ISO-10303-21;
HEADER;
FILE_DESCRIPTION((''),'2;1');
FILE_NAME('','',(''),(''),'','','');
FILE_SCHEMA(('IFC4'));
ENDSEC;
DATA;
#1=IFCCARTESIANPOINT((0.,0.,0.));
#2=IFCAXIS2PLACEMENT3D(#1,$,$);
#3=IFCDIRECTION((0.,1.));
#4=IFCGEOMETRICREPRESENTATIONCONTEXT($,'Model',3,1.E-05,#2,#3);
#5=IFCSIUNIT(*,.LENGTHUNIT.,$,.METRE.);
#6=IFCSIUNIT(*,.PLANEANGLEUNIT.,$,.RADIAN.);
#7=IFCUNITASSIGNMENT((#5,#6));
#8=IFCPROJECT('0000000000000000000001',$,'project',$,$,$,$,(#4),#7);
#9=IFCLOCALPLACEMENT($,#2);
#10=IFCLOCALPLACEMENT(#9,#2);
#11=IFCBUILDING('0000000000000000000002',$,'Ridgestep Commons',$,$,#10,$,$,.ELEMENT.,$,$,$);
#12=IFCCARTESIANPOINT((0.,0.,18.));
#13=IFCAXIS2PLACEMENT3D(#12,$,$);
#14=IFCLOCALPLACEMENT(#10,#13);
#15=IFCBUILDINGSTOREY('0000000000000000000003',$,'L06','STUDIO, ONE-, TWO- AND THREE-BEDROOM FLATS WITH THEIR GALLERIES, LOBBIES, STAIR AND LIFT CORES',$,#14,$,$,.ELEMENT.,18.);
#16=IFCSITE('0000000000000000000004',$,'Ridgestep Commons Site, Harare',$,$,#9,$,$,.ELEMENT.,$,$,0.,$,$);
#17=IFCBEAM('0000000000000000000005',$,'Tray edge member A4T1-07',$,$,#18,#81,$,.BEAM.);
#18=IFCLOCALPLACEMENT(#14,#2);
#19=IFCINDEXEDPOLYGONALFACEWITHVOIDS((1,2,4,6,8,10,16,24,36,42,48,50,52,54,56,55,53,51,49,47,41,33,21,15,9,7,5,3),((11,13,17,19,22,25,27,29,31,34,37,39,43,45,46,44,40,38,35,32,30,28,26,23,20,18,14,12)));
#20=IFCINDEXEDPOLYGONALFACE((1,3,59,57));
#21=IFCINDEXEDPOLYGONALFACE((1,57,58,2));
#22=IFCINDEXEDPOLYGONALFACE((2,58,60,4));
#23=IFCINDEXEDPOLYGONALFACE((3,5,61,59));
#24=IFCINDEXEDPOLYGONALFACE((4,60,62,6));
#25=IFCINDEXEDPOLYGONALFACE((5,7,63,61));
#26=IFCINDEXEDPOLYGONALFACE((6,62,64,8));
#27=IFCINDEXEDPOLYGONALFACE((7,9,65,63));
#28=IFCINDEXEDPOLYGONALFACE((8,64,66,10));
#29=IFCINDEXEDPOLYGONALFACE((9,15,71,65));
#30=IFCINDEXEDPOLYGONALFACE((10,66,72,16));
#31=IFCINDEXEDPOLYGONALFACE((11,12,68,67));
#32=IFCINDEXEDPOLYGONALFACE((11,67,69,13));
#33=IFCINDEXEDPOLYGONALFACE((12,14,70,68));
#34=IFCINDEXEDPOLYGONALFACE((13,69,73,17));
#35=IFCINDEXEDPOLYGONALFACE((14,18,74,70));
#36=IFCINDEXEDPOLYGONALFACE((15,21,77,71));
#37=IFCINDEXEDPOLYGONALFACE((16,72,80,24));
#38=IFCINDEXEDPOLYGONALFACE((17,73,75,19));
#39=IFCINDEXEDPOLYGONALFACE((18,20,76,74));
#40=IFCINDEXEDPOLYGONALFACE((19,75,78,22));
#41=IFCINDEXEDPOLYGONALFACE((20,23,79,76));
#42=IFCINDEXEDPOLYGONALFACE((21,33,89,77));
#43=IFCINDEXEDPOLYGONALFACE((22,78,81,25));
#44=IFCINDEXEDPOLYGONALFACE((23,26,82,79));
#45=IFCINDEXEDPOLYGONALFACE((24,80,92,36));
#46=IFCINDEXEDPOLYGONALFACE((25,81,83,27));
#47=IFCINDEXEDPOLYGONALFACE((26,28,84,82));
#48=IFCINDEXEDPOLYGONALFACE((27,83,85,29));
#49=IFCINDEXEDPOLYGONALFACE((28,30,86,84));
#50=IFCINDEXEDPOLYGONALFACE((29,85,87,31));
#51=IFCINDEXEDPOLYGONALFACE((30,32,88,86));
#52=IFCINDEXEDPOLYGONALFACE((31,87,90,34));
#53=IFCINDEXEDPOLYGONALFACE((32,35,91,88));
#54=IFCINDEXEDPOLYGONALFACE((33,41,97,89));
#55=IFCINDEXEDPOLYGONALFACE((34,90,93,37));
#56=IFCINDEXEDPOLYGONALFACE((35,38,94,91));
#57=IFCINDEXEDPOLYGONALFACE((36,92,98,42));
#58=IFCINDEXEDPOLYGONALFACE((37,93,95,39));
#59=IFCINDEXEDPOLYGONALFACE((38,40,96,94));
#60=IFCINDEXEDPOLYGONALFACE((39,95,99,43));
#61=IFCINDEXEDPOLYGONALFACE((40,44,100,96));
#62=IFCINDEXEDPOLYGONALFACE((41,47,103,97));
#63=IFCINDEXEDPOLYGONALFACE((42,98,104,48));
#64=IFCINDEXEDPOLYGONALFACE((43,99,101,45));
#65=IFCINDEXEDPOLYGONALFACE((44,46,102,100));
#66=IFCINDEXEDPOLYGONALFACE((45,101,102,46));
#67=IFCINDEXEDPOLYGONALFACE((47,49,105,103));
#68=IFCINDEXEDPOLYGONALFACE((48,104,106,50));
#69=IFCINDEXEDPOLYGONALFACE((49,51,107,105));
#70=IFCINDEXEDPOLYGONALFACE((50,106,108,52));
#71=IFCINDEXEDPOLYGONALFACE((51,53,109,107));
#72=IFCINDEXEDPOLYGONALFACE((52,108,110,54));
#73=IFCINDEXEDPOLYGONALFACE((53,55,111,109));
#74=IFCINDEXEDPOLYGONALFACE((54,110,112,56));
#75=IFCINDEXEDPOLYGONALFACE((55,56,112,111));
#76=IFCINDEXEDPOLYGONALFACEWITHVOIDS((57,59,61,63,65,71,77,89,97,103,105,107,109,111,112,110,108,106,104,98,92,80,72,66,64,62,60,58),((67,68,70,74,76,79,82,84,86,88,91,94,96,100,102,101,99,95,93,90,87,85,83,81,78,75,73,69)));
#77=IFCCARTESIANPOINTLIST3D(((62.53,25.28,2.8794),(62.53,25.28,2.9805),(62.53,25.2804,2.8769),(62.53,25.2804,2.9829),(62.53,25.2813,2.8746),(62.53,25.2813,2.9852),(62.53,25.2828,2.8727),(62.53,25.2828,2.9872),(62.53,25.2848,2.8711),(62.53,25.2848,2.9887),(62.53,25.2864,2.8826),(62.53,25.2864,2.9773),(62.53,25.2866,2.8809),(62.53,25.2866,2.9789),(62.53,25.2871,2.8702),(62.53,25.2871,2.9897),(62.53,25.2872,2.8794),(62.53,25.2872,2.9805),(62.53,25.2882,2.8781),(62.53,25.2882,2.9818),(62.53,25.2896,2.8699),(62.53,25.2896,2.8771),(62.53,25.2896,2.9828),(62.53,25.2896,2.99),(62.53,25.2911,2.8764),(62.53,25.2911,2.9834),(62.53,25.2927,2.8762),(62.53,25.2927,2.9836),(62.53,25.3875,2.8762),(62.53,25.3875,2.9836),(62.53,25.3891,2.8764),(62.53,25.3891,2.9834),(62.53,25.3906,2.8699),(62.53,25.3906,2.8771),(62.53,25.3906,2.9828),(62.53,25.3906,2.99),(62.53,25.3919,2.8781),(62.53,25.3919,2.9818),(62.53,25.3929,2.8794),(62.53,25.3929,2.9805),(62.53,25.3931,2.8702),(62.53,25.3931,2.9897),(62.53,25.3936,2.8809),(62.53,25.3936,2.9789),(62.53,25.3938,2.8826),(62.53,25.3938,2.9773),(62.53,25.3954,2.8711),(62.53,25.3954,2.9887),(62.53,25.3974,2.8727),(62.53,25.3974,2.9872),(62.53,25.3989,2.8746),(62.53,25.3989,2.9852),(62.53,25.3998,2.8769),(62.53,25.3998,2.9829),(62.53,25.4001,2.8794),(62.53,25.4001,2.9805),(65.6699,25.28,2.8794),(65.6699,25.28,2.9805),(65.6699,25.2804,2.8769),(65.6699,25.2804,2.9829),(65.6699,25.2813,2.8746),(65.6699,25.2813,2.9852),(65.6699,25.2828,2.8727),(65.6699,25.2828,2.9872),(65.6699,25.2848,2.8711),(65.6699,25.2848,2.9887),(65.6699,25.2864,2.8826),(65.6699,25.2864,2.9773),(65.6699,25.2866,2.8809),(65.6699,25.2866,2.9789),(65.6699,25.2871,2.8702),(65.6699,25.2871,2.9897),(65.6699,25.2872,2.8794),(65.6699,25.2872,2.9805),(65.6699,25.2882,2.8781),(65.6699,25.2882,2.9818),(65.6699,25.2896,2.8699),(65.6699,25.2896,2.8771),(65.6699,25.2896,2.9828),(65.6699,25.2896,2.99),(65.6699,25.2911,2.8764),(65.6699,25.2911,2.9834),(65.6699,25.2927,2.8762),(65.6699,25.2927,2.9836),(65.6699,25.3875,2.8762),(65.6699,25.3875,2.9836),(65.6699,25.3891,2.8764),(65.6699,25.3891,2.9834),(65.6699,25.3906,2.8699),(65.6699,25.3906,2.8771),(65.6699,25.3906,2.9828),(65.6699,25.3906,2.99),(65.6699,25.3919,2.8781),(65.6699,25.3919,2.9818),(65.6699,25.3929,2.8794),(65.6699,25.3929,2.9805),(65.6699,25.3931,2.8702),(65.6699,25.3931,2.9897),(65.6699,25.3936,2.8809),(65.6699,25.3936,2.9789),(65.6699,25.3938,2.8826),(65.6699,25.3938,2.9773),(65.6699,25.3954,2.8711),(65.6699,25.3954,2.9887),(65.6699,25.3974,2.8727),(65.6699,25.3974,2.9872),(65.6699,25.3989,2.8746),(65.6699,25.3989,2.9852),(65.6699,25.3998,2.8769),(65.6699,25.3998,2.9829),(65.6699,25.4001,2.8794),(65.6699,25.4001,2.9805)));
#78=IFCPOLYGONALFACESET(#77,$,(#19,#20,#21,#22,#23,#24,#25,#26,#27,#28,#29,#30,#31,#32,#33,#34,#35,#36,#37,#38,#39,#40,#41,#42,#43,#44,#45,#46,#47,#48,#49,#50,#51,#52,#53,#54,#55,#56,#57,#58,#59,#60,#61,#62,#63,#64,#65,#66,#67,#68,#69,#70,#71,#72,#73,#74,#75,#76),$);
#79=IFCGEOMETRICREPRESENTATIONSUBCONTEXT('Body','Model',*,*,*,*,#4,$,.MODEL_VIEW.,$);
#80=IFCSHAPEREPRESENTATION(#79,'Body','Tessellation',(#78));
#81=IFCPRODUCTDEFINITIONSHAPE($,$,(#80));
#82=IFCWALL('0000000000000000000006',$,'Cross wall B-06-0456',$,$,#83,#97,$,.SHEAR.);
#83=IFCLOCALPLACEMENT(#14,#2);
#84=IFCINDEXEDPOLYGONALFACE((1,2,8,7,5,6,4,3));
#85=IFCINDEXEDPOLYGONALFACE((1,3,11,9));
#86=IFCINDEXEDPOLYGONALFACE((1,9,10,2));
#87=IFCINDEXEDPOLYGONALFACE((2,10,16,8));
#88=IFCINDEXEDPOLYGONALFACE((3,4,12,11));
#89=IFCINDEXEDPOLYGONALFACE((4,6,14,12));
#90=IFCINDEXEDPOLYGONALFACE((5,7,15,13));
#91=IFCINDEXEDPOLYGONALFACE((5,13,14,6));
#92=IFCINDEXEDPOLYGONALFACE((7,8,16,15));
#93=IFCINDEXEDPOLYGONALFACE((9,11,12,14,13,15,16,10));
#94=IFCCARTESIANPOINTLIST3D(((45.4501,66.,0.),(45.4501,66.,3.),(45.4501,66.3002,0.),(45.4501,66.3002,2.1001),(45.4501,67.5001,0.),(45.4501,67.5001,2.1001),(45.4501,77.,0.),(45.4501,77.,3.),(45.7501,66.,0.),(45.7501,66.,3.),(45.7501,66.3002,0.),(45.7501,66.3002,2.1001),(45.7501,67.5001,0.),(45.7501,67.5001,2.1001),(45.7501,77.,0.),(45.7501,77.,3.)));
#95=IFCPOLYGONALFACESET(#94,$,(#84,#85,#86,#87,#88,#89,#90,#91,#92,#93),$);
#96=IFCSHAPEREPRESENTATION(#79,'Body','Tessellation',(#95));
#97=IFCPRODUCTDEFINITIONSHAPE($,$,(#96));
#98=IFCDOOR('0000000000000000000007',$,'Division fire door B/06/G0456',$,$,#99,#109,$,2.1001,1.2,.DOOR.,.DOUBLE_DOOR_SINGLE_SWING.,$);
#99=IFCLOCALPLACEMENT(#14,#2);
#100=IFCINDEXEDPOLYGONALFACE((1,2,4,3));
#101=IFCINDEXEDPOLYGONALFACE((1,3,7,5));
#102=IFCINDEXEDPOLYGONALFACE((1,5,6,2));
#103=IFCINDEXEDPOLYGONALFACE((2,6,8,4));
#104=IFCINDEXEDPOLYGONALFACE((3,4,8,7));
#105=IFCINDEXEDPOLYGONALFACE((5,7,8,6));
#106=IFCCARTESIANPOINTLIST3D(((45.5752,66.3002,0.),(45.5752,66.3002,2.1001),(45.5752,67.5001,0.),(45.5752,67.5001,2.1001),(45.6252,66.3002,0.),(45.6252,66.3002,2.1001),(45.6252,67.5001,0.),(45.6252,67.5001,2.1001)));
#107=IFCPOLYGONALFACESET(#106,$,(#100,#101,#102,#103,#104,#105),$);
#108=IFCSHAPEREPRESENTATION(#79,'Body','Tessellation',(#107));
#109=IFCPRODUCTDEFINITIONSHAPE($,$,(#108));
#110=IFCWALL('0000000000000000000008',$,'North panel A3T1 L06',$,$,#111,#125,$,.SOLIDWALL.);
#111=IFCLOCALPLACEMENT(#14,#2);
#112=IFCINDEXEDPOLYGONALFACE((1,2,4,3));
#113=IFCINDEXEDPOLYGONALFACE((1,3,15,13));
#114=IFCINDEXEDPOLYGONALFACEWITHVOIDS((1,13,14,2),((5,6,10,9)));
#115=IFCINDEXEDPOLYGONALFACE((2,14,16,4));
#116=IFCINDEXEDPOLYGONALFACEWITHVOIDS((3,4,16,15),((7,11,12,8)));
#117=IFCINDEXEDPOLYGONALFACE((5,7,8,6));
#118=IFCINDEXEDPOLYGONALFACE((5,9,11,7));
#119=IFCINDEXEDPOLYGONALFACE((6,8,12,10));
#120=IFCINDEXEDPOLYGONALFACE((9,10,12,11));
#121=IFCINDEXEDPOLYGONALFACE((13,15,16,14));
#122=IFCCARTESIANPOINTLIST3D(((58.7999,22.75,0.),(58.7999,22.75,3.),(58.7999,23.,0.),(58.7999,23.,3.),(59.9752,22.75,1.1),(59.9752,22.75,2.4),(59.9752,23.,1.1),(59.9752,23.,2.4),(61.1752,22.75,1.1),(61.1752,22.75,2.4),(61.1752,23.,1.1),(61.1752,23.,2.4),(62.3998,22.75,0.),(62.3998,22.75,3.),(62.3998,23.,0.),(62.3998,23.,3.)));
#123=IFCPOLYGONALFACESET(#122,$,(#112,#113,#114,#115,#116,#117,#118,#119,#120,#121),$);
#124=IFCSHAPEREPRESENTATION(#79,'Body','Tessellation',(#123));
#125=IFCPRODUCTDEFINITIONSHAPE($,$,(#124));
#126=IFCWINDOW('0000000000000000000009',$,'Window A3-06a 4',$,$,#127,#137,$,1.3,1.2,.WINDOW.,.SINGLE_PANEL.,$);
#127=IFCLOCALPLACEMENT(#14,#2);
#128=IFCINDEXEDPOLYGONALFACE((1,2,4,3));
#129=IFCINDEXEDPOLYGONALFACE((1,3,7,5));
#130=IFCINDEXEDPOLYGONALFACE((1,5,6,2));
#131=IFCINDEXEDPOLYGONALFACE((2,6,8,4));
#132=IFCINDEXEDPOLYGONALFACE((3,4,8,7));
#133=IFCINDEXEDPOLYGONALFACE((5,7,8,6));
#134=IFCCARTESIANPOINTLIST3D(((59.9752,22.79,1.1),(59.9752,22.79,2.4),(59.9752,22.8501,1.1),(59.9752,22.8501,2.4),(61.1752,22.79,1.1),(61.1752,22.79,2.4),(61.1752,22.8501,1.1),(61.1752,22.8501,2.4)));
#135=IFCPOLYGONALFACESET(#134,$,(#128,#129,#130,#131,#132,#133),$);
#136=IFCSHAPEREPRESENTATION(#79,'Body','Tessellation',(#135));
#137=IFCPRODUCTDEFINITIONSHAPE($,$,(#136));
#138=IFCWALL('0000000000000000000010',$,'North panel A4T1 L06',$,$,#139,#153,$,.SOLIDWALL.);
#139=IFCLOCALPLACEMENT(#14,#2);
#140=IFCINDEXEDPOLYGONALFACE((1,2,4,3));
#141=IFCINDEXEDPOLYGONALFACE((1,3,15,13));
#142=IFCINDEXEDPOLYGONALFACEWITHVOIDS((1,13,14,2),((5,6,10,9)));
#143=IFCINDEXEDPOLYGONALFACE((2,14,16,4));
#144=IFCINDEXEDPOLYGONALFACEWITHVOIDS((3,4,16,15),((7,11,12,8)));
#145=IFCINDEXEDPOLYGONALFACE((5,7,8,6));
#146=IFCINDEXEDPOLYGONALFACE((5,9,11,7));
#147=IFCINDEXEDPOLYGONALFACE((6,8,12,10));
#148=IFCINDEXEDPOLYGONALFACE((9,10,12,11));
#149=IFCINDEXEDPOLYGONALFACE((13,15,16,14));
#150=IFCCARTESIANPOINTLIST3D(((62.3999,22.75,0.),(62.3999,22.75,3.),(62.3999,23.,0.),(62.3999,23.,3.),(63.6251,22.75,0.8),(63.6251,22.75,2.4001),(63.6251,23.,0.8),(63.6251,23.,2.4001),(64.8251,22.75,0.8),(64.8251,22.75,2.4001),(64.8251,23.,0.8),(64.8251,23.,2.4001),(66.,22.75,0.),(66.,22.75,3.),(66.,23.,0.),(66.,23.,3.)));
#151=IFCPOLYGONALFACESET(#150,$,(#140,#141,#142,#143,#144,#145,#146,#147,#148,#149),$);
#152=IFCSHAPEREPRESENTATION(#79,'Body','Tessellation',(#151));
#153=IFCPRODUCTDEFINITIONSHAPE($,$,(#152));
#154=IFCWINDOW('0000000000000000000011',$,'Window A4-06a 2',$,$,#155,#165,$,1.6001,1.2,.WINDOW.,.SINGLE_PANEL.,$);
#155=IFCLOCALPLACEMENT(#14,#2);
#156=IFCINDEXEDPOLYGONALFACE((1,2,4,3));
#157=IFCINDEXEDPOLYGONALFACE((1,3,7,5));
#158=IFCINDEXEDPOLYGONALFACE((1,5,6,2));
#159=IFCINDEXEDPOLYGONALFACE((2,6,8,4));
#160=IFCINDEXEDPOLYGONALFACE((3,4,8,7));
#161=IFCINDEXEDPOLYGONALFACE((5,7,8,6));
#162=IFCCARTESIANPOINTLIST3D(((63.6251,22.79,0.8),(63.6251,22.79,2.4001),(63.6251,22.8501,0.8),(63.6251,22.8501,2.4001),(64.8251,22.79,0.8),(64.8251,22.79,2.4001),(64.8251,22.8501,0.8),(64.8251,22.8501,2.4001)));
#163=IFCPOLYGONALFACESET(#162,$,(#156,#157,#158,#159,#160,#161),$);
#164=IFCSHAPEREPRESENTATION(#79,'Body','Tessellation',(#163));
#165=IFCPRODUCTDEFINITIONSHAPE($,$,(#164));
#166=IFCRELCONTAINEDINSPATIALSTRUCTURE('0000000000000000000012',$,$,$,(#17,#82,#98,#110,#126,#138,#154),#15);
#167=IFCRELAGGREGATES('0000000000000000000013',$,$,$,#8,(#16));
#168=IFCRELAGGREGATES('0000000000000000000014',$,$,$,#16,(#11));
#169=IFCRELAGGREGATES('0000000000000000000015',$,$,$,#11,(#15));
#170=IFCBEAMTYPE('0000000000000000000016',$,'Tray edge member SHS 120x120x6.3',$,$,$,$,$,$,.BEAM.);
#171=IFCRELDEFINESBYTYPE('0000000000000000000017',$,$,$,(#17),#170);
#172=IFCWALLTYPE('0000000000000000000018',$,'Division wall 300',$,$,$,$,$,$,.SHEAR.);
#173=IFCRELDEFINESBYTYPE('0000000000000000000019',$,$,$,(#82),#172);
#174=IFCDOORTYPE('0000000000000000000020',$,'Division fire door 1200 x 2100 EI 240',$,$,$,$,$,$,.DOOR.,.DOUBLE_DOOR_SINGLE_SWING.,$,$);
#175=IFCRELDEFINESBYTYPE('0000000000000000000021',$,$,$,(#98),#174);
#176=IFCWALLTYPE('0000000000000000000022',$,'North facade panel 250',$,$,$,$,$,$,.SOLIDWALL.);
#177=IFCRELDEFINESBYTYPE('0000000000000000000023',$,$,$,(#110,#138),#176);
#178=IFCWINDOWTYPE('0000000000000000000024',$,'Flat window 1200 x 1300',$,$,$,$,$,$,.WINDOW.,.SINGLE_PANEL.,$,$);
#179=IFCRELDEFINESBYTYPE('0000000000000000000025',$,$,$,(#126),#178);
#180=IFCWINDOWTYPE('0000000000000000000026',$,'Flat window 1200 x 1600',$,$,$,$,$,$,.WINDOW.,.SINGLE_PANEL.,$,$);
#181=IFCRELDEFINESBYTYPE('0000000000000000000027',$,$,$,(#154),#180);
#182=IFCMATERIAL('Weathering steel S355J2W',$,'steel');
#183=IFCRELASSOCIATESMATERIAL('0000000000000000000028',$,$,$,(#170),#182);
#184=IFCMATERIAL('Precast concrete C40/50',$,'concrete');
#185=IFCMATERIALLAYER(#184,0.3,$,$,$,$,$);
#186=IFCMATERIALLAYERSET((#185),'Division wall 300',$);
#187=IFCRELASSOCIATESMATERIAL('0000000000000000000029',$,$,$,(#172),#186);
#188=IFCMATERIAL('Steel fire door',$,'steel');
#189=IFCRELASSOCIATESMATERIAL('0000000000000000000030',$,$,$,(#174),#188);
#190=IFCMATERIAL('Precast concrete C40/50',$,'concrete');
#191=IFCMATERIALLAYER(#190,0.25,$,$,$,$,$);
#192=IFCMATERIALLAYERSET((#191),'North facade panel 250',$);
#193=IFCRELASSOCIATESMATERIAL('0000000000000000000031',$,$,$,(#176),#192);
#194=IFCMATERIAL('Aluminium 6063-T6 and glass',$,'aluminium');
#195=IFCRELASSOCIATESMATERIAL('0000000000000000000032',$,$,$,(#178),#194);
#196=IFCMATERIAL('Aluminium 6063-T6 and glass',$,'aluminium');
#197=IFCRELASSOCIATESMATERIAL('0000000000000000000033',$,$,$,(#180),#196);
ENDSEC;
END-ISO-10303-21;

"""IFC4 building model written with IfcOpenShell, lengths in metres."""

from ifc_helpers import new_model, si_unit, direction, frame, frame_2d, origin, origin_2d, place, context, subcontext, project, spatial, rectangle, hollow_rectangle, extrude, material, layer, layer_set, material_profile, profile_set, type_object, element, fill, save


model = new_model("IFC4")

# Units and contexts
model_context = context("Model", 3, precision=1e-05, world=origin(), true_north=direction((0.0, 1.0)))
body_context = subcontext(model_context, "Body", "Model", "MODEL_VIEW")
ifc_project = project(units=[si_unit("LENGTHUNIT", "METRE"), si_unit("PLANEANGLEUNIT", "RADIAN")], contexts=[model_context])

# Site, building, storey
site_placement = place(None, origin())
site = spatial("IfcSite", under=ifc_project, at=site_placement, Name="Ridgestep Commons Site, Harare", CompositionType="ELEMENT", RefElevation=0.0)
building_placement = place(site_placement, origin())
building = spatial("IfcBuilding", under=site, at=building_placement, Name="Ridgestep Commons", CompositionType="ELEMENT")
storey_placement = place(building_placement, frame((0.0, 0.0, 18.0)))
storey = spatial("IfcBuildingStorey", under=building, at=storey_placement, Name="L06", Description="STUDIO, ONE-, TWO- AND THREE-BEDROOM FLATS WITH THEIR GALLERIES, LOBBIES, STAIR AND LIFT CORES", CompositionType="ELEMENT", Elevation=18.0)

# Beam
ifc_material_1 = material(Name="Weathering steel S355J2W", Category="steel")
ifc_material_profile_1 = material_profile(ifc_material_1, hollow_rectangle(XDim=0.1201, YDim=0.1201, WallThickness=0.0063, InnerFilletRadius=0.0063, OuterFilletRadius=0.0095, at=origin_2d()), Name="SHS 120x120x6.3")
ifc_profile_set_1 = profile_set([ifc_material_profile_1], Name="Weathering steel S355J2W")
beam_type_1 = type_object("IfcBeamType", Name="Tray edge member SHS 120x120x6.3", PredefinedType="BEAM", material=ifc_profile_set_1)
beam_placement = place(storey_placement, frame((62.53, 25.3401, 2.9299), z_axis=(1.0, 0.0, 0.0), x_axis=(0.0, 0.0, 1.0)))
element("IfcBeam", 1, at=beam_placement, inside=storey, type_object=beam_type_1, Name="Tray edge member A4T1-07", PredefinedType="BEAM", context=body_context, shape_type="SweptSolid", body=[
    extrude(hollow_rectangle(XDim=0.1201, YDim=0.1201, WallThickness=0.0063, InnerFilletRadius=0.0063, OuterFilletRadius=0.0095, at=origin_2d()), origin(), (0.0, 0.0, 1.0), 3.1399),
])

# Wall, opening, door
ifc_material_2 = material(Name="Precast concrete C40/50", Category="concrete")
ifc_layer_1 = layer(ifc_material_2, 0.3)
ifc_layer_set_1 = layer_set([ifc_layer_1], Name="Division wall 300")
wall_type_1 = type_object("IfcWallType", Name="Division wall 300", PredefinedType="SHEAR", material=ifc_layer_set_1)
wall_1_placement = place(storey_placement, frame((45.6001, 66.0, 0.0), z_axis=(0.0, 0.0, 1.0), x_axis=(0.0, 1.0, 0.0)))
wall_1 = element("IfcWall", 2, at=wall_1_placement, inside=storey, type_object=wall_type_1, Name="Cross wall B-06-0456", PredefinedType="SHEAR", context=body_context, shape_type="SweptSolid", body=[
    extrude(rectangle(XDim=11.0, YDim=0.3, at=frame_2d((5.5, 0.0))), origin(), (0.0, 0.0, 1.0), 3.0),
])
opening_1_placement = place(wall_1_placement, frame((0.3, 0.0, 0.0)))
opening_1 = element("IfcOpeningElement", 3, at=opening_1_placement, cuts=wall_1, PredefinedType="OPENING", context=body_context, shape_type="SweptSolid", body=[
    extrude(rectangle(XDim=1.2, YDim=2.1001, at=frame_2d((0.6001, 1.05))), frame((0.0, 0.1599, 0.0), z_axis=(0.0, -1.0, 0.0), x_axis=(1.0, 0.0, 0.0)), (0.0, 0.0, 1.0), 0.3201),
])
ifc_material_3 = material(Name="Steel fire door", Category="steel")
door_type_1 = type_object("IfcDoorType", Name="Division fire door 1200 x 2100 EI 240", OperationType="DOUBLE_DOOR_SINGLE_SWING", PredefinedType="DOOR", material=ifc_material_3)
door_1_placement = place(opening_1_placement, origin())
door_1 = element("IfcDoor", 4, at=door_1_placement, inside=storey, type_object=door_type_1, Name="Division fire door B/06/G0456", OperationType="DOUBLE_DOOR_SINGLE_SWING", OverallHeight=2.1001, OverallWidth=1.2, PredefinedType="DOOR", context=body_context, shape_type="SweptSolid", body=[
    extrude(rectangle(XDim=1.2, YDim=2.1001, at=frame_2d((0.6001, 1.05))), frame((0.0, 0.0249, 0.0), z_axis=(0.0, -1.0, 0.0), x_axis=(1.0, 0.0, 0.0)), (0.0, 0.0, 1.0), 0.05),
])
fill(opening_1, door_1)

# Walls, openings, windows
ifc_material_4 = material(Name="Precast concrete C40/50", Category="concrete")
ifc_layer_2 = layer(ifc_material_4, 0.25)
ifc_layer_set_2 = layer_set([ifc_layer_2], Name="North facade panel 250")
wall_type_2 = type_object("IfcWallType", Name="North facade panel 250", PredefinedType="SOLIDWALL", material=ifc_layer_set_2)
wall_2_placement = place(storey_placement, frame((58.8, 22.875, 0.0), z_axis=(0.0, 0.0, 1.0), x_axis=(1.0, 0.0, 0.0)))
wall_2 = element("IfcWall", 5, at=wall_2_placement, inside=storey, type_object=wall_type_2, Name="North panel A3T1 L06", PredefinedType="SOLIDWALL", context=body_context, shape_type="SweptSolid", body=[
    extrude(rectangle(XDim=3.5999, YDim=0.25, at=frame_2d((1.7998, 0.0))), origin(), (0.0, 0.0, 1.0), 3.0),
])
opening_2_placement = place(wall_2_placement, frame((1.175, 0.0, 1.1001)))
opening_2 = element("IfcOpeningElement", 6, at=opening_2_placement, cuts=wall_2, PredefinedType="OPENING", context=body_context, shape_type="SweptSolid", body=[
    extrude(rectangle(XDim=1.2, YDim=1.3, at=frame_2d((0.6001, 0.6499))), frame((0.0, 0.135, 0.0), z_axis=(0.0, -1.0, 0.0), x_axis=(1.0, 0.0, 0.0)), (0.0, 0.0, 1.0), 0.27),
])
ifc_material_5 = material(Name="Aluminium 6063-T6 and glass", Category="aluminium")
window_type_1 = type_object("IfcWindowType", Name="Flat window 1200 x 1300", PartitioningType="SINGLE_PANEL", PredefinedType="WINDOW", material=ifc_material_5)
window_1_placement = place(opening_2_placement, origin())
window_1 = element("IfcWindow", 7, at=window_1_placement, inside=storey, type_object=window_type_1, Name="Window A3-06a 4", OverallHeight=1.3, OverallWidth=1.2, PartitioningType="SINGLE_PANEL", PredefinedType="WINDOW", context=body_context, shape_type="SweptSolid", body=[
    extrude(rectangle(XDim=1.2, YDim=1.3, at=frame_2d((0.6001, 0.6499))), frame((0.0, -0.0249, 0.0), z_axis=(0.0, -1.0, 0.0), x_axis=(1.0, 0.0, 0.0)), (0.0, 0.0, 1.0), 0.0601),
])
fill(opening_2, window_1)
wall_3_placement = place(storey_placement, frame((62.3999, 22.875, 0.0), z_axis=(0.0, 0.0, 1.0), x_axis=(1.0, 0.0, 0.0)))
wall_3 = element("IfcWall", 8, at=wall_3_placement, inside=storey, type_object=wall_type_2, Name="North panel A4T1 L06", PredefinedType="SOLIDWALL", context=body_context, shape_type="SweptSolid", body=[
    extrude(rectangle(XDim=3.6001, YDim=0.25, at=frame_2d((1.8, 0.0))), origin(), (0.0, 0.0, 1.0), 3.0),
])
opening_3_placement = place(wall_3_placement, frame((1.2251, 0.0, 0.8)))
opening_3 = element("IfcOpeningElement", 9, at=opening_3_placement, cuts=wall_3, PredefinedType="OPENING", context=body_context, shape_type="SweptSolid", body=[
    extrude(rectangle(XDim=1.2, YDim=1.6001, at=frame_2d((0.6001, 0.8))), frame((0.0, 0.135, 0.0), z_axis=(0.0, -1.0, 0.0), x_axis=(1.0, 0.0, 0.0)), (0.0, 0.0, 1.0), 0.27),
])
ifc_material_6 = material(Name="Aluminium 6063-T6 and glass", Category="aluminium")
window_type_2 = type_object("IfcWindowType", Name="Flat window 1200 x 1600", PartitioningType="SINGLE_PANEL", PredefinedType="WINDOW", material=ifc_material_6)
window_2_placement = place(opening_3_placement, origin())
window_2 = element("IfcWindow", 10, at=window_2_placement, inside=storey, type_object=window_type_2, Name="Window A4-06a 2", OverallHeight=1.6001, OverallWidth=1.2, PartitioningType="SINGLE_PANEL", PredefinedType="WINDOW", context=body_context, shape_type="SweptSolid", body=[
    extrude(rectangle(XDim=1.2, YDim=1.6001, at=frame_2d((0.6001, 0.8))), frame((0.0, -0.0249, 0.0), z_axis=(0.0, -1.0, 0.0), x_axis=(1.0, 0.0, 0.0)), (0.0, 0.0, 1.0), 0.0601),
])
fill(opening_3, window_2)

save(model, "model.ifc")
